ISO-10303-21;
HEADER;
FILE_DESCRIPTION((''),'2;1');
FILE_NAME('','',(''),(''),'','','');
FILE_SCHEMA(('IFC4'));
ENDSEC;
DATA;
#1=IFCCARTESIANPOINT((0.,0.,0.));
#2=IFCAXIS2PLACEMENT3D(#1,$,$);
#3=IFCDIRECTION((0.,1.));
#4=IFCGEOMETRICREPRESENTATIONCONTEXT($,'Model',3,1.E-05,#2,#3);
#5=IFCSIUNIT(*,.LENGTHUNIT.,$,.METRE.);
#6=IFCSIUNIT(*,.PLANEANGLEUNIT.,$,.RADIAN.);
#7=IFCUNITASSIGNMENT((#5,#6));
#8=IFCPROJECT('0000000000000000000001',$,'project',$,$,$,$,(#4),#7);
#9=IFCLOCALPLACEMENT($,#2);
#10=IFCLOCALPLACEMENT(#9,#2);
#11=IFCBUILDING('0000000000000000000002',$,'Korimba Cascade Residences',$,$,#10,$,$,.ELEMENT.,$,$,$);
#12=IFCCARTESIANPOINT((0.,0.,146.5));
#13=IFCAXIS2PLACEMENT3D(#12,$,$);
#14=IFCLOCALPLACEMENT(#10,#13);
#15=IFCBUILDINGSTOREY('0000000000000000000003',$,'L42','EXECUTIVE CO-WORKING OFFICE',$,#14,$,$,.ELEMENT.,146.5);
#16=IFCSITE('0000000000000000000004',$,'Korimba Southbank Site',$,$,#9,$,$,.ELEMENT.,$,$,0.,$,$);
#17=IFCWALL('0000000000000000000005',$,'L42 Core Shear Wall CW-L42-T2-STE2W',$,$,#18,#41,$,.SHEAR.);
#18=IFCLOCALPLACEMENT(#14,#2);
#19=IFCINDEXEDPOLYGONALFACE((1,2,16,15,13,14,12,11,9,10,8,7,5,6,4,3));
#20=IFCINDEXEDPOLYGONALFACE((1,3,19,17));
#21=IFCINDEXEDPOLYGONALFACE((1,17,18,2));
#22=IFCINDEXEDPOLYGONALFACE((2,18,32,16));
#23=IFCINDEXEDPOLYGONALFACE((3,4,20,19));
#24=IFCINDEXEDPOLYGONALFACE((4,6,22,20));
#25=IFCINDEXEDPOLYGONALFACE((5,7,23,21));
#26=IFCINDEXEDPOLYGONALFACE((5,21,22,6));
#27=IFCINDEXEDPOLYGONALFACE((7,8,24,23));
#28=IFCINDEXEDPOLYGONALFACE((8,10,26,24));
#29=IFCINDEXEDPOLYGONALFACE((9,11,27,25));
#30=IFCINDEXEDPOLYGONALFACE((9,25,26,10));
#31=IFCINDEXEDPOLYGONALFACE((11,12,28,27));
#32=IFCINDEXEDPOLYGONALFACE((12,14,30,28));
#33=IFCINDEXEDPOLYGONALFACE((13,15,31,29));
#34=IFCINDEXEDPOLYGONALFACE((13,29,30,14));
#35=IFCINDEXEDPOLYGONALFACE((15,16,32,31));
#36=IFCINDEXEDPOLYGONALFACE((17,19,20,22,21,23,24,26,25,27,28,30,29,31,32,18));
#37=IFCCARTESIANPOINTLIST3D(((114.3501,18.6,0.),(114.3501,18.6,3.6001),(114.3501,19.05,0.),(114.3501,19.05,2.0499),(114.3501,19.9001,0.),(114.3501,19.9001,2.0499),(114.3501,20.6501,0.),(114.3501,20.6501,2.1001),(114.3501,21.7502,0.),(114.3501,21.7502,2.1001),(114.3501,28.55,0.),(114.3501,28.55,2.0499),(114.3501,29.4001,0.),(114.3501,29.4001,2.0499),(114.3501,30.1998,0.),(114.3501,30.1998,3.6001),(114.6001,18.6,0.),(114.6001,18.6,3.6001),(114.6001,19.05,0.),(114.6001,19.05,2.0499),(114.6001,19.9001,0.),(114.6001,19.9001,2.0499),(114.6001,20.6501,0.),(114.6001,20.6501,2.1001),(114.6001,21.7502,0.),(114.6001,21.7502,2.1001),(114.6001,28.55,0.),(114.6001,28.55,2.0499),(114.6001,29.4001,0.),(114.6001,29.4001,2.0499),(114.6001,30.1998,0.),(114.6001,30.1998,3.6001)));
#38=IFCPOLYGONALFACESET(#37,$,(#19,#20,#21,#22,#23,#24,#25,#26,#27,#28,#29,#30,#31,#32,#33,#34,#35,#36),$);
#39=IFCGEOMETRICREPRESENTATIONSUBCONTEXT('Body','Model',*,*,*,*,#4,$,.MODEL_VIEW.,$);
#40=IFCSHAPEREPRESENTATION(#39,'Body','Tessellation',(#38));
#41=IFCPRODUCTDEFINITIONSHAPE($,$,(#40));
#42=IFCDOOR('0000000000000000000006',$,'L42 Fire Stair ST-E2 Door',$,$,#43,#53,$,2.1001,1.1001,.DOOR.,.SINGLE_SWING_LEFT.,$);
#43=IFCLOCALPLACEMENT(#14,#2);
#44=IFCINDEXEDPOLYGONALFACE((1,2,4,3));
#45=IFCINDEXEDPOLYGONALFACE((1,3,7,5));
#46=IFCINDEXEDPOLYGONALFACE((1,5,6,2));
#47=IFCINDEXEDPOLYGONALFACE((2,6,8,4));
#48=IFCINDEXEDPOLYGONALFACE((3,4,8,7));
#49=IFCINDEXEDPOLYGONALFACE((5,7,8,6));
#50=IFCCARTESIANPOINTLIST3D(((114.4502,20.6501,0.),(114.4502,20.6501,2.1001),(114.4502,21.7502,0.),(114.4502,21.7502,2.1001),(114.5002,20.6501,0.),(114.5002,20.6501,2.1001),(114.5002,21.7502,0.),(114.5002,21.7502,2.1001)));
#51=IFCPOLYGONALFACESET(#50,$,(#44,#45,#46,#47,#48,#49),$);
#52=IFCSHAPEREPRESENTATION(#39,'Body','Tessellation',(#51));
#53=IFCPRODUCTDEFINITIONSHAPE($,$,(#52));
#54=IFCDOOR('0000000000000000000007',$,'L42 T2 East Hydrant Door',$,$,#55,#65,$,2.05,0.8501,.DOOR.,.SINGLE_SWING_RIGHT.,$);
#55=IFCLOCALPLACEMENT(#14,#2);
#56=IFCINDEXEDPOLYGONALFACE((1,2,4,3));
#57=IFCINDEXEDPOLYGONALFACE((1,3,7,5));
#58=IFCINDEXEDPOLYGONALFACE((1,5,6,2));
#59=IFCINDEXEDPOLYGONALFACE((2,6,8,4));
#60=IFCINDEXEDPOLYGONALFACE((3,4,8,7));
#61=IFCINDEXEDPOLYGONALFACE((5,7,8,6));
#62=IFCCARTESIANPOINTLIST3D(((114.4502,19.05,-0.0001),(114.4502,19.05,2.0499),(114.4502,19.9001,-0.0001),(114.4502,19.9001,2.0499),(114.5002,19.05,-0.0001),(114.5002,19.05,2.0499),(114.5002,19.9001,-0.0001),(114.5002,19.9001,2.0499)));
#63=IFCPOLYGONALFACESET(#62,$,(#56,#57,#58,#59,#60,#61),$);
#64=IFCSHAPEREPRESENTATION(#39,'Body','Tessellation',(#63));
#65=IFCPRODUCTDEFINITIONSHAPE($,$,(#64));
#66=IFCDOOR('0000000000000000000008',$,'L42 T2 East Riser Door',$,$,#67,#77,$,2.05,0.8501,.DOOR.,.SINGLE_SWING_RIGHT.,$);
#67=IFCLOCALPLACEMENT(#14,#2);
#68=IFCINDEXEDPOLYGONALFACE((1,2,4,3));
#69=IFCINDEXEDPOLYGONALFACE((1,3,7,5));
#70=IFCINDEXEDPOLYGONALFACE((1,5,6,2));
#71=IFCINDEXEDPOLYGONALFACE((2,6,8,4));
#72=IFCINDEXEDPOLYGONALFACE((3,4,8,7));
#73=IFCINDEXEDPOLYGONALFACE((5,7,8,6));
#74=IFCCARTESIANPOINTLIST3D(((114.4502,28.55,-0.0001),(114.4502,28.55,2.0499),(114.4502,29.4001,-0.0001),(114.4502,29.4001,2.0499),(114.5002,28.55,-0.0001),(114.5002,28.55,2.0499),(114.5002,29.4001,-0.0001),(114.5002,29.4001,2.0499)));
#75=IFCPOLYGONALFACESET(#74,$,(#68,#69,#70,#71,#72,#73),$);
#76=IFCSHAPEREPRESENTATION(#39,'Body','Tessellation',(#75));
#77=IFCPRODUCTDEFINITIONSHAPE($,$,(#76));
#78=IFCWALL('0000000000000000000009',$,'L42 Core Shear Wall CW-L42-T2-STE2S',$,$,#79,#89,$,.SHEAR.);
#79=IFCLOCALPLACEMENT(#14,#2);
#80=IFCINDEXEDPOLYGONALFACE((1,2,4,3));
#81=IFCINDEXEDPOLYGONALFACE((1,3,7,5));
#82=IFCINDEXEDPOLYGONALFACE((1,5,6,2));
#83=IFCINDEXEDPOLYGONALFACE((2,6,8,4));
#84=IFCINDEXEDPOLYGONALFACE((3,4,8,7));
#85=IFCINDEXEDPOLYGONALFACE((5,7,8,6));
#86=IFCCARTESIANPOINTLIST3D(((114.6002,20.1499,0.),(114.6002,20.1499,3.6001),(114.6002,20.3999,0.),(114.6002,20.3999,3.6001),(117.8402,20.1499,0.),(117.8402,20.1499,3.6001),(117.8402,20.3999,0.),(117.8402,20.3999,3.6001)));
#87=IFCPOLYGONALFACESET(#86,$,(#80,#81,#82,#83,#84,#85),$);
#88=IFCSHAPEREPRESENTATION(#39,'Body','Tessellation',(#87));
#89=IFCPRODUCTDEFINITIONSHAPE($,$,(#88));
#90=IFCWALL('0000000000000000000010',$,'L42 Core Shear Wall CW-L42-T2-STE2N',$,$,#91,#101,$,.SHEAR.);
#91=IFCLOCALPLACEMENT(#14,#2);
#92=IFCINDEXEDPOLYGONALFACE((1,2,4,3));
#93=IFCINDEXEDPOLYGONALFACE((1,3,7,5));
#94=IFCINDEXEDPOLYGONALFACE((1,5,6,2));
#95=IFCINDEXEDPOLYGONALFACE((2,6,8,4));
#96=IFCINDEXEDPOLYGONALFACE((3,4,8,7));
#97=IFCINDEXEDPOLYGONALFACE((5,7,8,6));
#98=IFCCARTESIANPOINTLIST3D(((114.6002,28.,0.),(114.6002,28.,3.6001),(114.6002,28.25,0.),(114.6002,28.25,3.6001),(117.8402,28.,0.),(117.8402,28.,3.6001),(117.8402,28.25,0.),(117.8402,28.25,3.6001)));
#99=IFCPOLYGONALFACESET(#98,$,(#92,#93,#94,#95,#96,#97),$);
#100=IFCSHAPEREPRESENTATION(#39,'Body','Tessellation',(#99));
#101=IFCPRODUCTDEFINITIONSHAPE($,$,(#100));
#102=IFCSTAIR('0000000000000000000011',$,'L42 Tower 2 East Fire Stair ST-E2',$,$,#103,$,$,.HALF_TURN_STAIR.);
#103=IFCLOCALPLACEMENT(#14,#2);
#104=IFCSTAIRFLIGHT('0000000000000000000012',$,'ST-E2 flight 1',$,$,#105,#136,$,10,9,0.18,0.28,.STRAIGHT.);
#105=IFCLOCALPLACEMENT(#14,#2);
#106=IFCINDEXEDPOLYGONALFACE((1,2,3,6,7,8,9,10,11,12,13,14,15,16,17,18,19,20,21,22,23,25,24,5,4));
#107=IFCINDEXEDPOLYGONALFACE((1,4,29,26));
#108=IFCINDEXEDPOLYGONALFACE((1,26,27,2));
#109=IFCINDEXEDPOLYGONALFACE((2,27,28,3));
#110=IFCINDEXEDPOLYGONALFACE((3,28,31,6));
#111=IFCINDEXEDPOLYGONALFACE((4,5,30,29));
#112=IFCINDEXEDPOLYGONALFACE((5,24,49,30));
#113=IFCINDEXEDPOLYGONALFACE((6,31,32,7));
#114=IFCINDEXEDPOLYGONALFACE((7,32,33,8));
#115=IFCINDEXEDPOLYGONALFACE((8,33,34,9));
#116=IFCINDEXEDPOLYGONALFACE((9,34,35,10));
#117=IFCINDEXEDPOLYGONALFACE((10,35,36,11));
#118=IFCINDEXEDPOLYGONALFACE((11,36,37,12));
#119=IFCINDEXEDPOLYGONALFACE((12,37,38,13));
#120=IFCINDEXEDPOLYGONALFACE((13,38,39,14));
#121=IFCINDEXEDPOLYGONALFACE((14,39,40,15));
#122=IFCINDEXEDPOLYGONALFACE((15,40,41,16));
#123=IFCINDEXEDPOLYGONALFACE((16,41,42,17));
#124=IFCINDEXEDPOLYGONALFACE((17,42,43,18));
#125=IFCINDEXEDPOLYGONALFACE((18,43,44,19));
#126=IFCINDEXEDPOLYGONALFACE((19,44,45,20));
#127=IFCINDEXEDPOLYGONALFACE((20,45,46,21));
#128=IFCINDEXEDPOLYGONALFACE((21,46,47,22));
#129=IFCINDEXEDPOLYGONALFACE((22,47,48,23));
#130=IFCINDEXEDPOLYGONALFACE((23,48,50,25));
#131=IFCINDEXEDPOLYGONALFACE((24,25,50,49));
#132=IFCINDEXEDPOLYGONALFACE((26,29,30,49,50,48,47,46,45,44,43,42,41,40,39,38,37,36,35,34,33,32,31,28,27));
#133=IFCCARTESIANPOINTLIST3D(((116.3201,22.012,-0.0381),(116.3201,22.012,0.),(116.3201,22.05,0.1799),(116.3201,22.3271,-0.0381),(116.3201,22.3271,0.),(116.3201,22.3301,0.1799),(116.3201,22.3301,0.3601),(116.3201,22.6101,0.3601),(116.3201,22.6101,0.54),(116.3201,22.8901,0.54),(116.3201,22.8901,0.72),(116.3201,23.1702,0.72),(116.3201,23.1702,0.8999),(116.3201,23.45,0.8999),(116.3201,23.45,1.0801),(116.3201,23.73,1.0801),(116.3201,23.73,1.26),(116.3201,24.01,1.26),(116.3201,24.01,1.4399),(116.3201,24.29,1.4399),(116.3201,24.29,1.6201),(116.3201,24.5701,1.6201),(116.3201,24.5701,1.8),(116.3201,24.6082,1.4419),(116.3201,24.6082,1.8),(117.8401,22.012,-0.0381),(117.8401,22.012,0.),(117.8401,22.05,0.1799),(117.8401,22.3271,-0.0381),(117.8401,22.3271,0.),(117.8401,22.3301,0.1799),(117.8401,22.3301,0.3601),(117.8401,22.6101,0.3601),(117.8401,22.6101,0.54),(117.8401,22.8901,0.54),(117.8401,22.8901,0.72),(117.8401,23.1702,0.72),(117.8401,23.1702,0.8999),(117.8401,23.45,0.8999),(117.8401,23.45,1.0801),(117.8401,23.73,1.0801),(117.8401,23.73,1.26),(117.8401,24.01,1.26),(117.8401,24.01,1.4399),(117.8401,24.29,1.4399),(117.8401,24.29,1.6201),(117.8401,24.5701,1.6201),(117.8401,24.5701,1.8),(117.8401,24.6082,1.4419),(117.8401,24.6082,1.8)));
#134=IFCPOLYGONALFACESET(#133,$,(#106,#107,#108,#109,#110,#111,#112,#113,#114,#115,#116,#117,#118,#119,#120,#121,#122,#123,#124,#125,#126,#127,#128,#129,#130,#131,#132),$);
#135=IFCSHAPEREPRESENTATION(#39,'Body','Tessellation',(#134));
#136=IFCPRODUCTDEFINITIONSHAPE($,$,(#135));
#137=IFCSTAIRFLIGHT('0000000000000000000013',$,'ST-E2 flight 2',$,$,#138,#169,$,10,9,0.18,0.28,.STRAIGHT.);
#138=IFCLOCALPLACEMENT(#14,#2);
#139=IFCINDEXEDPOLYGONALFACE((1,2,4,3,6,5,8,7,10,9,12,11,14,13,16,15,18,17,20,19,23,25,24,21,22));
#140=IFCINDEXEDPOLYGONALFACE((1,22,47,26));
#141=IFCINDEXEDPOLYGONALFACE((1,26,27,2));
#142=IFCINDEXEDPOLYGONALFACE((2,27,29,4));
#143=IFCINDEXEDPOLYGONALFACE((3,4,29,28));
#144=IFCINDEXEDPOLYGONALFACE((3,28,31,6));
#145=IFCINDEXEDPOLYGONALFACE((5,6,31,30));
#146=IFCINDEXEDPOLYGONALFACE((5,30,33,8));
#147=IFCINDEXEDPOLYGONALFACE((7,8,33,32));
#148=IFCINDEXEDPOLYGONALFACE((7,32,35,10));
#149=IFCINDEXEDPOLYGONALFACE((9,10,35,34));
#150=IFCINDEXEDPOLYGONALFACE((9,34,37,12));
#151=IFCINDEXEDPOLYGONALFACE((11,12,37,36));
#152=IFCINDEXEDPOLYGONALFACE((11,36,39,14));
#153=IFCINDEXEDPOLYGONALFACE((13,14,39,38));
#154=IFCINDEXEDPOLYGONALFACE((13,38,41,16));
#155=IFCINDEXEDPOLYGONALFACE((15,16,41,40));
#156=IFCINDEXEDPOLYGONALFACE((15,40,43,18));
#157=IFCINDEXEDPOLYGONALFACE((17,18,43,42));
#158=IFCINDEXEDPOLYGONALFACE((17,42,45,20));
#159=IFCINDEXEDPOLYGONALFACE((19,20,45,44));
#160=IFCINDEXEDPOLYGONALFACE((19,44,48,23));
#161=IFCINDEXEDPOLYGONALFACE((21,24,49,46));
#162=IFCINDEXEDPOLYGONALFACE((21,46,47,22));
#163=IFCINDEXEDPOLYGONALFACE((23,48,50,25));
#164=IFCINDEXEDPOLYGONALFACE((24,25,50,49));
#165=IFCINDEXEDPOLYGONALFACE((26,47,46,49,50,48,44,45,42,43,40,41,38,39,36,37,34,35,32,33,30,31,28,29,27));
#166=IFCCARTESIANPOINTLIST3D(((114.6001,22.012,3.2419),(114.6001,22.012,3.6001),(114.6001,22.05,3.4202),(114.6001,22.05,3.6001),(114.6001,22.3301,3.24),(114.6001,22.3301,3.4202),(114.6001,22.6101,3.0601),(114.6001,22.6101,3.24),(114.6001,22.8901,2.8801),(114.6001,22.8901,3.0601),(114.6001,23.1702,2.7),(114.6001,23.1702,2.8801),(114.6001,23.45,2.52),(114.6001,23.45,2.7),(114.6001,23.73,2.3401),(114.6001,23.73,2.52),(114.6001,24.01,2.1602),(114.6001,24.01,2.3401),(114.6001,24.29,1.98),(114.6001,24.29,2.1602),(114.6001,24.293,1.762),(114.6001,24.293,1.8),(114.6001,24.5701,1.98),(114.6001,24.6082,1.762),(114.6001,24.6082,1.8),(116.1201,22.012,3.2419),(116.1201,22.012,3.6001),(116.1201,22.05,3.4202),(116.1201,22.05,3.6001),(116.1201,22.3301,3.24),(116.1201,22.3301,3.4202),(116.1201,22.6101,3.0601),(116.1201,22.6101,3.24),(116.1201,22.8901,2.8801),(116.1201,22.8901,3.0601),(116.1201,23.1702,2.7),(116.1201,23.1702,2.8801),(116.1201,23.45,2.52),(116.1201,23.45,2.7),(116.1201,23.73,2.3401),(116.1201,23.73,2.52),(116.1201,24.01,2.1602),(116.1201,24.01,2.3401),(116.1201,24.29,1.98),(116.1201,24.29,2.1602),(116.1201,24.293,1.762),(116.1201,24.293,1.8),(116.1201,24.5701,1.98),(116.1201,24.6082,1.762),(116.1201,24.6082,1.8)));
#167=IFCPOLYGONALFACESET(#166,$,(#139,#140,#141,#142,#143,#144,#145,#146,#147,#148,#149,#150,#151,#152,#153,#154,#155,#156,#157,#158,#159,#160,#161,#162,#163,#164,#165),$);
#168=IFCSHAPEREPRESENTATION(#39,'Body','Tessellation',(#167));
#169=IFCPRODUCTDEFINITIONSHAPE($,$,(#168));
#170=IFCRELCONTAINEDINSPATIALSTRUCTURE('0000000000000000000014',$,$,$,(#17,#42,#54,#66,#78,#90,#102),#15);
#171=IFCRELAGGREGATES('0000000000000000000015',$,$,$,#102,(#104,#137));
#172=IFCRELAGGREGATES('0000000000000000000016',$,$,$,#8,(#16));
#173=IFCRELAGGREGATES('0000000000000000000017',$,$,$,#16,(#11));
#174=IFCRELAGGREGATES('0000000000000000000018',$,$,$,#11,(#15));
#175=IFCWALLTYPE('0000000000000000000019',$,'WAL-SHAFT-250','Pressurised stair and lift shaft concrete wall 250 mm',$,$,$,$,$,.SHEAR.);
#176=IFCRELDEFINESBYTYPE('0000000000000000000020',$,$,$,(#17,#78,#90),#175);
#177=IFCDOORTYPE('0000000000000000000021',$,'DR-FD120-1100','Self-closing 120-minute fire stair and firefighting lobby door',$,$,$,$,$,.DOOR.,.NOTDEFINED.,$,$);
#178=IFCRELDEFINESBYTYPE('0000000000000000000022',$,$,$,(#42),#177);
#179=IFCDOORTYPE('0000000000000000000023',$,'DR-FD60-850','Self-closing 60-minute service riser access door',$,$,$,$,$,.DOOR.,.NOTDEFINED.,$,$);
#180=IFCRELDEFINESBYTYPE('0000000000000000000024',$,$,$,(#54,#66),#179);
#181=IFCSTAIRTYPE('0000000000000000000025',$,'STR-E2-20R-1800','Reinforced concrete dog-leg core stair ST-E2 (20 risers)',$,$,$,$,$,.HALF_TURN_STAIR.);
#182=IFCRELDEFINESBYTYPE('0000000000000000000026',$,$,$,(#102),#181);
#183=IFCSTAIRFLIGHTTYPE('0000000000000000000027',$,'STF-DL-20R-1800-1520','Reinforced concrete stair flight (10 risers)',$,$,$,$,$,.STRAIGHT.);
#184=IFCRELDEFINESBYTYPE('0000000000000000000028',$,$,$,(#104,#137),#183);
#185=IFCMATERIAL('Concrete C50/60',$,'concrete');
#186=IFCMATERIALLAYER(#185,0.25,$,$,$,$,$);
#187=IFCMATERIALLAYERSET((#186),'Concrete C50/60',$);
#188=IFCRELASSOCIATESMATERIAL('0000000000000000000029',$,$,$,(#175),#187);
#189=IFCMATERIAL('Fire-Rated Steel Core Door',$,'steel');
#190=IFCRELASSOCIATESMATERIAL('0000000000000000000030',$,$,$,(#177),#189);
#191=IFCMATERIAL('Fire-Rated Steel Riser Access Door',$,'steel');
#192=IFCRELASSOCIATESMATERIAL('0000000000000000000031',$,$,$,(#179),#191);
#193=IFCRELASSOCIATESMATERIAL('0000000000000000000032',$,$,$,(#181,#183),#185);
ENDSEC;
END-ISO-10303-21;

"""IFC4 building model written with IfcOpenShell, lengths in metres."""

from ifc_helpers import new_model, si_unit, direction, frame, frame_2d, origin, place, context, subcontext, project, spatial, polyline, rectangle, outline, extrude, material, layer, layer_set, type_object, element, fill, aggregate, save


model = new_model("IFC4")

# Units and contexts
model_context = context("Model", 3, precision=1e-05, world=origin(), true_north=direction((0.0, 1.0)))
body_context = subcontext(model_context, "Body", "Model", "MODEL_VIEW")
ifc_project = project(units=[si_unit("LENGTHUNIT", "METRE"), si_unit("PLANEANGLEUNIT", "RADIAN")], contexts=[model_context])

# Site, building, storey
site_placement = place(None, origin())
site = spatial("IfcSite", under=ifc_project, at=site_placement, Name="Korimba Southbank Site", CompositionType="ELEMENT", RefElevation=0.0)
building_placement = place(site_placement, origin())
building = spatial("IfcBuilding", under=site, at=building_placement, Name="Korimba Cascade Residences", CompositionType="ELEMENT")
storey_placement = place(building_placement, frame((0.0, 0.0, 146.5)))
storey = spatial("IfcBuildingStorey", under=building, at=storey_placement, Name="L42", Description="EXECUTIVE CO-WORKING OFFICE", CompositionType="ELEMENT", Elevation=146.5)

# Wall, openings, doors
ifc_material_1 = material(Name="Concrete C50/60", Category="concrete")
ifc_layer_1 = layer(ifc_material_1, 0.25)
ifc_layer_set_1 = layer_set([ifc_layer_1], Name="Concrete C50/60")
wall_type_1 = type_object("IfcWallType", Name="WAL-SHAFT-250", Description="Pressurised stair and lift shaft concrete wall 250 mm", PredefinedType="SHEAR", material=ifc_layer_set_1)
wall_1_placement = place(storey_placement, frame((114.4751, 18.6001, 0.0), z_axis=(0.0, 0.0, 1.0), x_axis=(0.0, 1.0, 0.0)))
wall_1 = element("IfcWall", 1, at=wall_1_placement, inside=storey, type_object=wall_type_1, Name="L42 Core Shear Wall CW-L42-T2-STE2W", PredefinedType="SHEAR", context=body_context, shape_type="SweptSolid", body=[
    extrude(rectangle(XDim=11.5999, YDim=0.25, at=frame_2d((5.7998, 0.0))), origin(), (0.0, 0.0, 1.0), 3.6001),
])
opening_1_placement = place(wall_1_placement, frame((0.45, 0.0, 0.0)))
opening_1 = element("IfcOpeningElement", 2, at=opening_1_placement, cuts=wall_1, PredefinedType="OPENING", context=body_context, shape_type="SweptSolid", body=[
    extrude(rectangle(XDim=0.8501, YDim=2.05, at=frame_2d((0.425, 1.0249))), frame((0.0, 0.135, 0.0), z_axis=(0.0, -1.0, 0.0), x_axis=(1.0, 0.0, 0.0)), (0.0, 0.0, 1.0), 0.27),
])
opening_2_placement = place(wall_1_placement, frame((2.05, 0.0, 0.0)))
opening_2 = element("IfcOpeningElement", 3, at=opening_2_placement, cuts=wall_1, PredefinedType="OPENING", context=body_context, shape_type="SweptSolid", body=[
    extrude(rectangle(XDim=1.1001, YDim=2.1001, at=frame_2d((0.55, 1.05))), frame((0.0, 0.135, 0.0), z_axis=(0.0, -1.0, 0.0), x_axis=(1.0, 0.0, 0.0)), (0.0, 0.0, 1.0), 0.27),
])
opening_3_placement = place(wall_1_placement, frame((9.95, 0.0, 0.0)))
opening_3 = element("IfcOpeningElement", 4, at=opening_3_placement, cuts=wall_1, PredefinedType="OPENING", context=body_context, shape_type="SweptSolid", body=[
    extrude(rectangle(XDim=0.8501, YDim=2.05, at=frame_2d((0.425, 1.0249))), frame((0.0, 0.135, 0.0), z_axis=(0.0, -1.0, 0.0), x_axis=(1.0, 0.0, 0.0)), (0.0, 0.0, 1.0), 0.27),
])
ifc_material_2 = material(Name="Fire-Rated Steel Core Door", Category="steel")
door_type_1 = type_object("IfcDoorType", Name="DR-FD120-1100", Description="Self-closing 120-minute fire stair and firefighting lobby door", OperationType="NOTDEFINED", PredefinedType="DOOR", material=ifc_material_2)
door_1_placement = place(opening_2_placement, origin())
door_1 = element("IfcDoor", 5, at=door_1_placement, inside=storey, type_object=door_type_1, Name="L42 Fire Stair ST-E2 Door", OperationType="SINGLE_SWING_LEFT", OverallHeight=2.1001, OverallWidth=1.1001, PredefinedType="DOOR", context=body_context, shape_type="SweptSolid", body=[
    extrude(rectangle(XDim=1.1001, YDim=2.1001, at=frame_2d((0.55, 1.05))), frame((0.0, 0.0249, 0.0), z_axis=(0.0, -1.0, 0.0), x_axis=(1.0, 0.0, 0.0)), (0.0, 0.0, 1.0), 0.05),
])
fill(opening_2, door_1)
ifc_material_3 = material(Name="Fire-Rated Steel Riser Access Door", Category="steel")
door_type_2 = type_object("IfcDoorType", Name="DR-FD60-850", Description="Self-closing 60-minute service riser access door", OperationType="NOTDEFINED", PredefinedType="DOOR", material=ifc_material_3)
door_2_placement = place(opening_1_placement, origin())
door_2 = element("IfcDoor", 6, at=door_2_placement, inside=storey, type_object=door_type_2, Name="L42 T2 East Hydrant Door", OperationType="SINGLE_SWING_RIGHT", OverallHeight=2.05, OverallWidth=0.8501, PredefinedType="DOOR", context=body_context, shape_type="SweptSolid", body=[
    extrude(rectangle(XDim=0.8501, YDim=2.05, at=frame_2d((0.425, 1.0249))), frame((0.0, 0.0249, 0.0), z_axis=(0.0, -1.0, 0.0), x_axis=(1.0, 0.0, 0.0)), (0.0, 0.0, 1.0), 0.05),
])
fill(opening_1, door_2)
door_3_placement = place(opening_3_placement, origin())
door_3 = element("IfcDoor", 7, at=door_3_placement, inside=storey, type_object=door_type_2, Name="L42 T2 East Riser Door", OperationType="SINGLE_SWING_RIGHT", OverallHeight=2.05, OverallWidth=0.8501, PredefinedType="DOOR", context=body_context, shape_type="SweptSolid", body=[
    extrude(rectangle(XDim=0.8501, YDim=2.05, at=frame_2d((0.425, 1.0249))), frame((0.0, 0.0249, 0.0), z_axis=(0.0, -1.0, 0.0), x_axis=(1.0, 0.0, 0.0)), (0.0, 0.0, 1.0), 0.05),
])
fill(opening_3, door_3)

# Walls
for number, where, z_axis, x_axis, name in (
    (8, (114.6001, 20.2749, 0.0), (0.0, 0.0, 1.0), (1.0, 0.0, 0.0), "L42 Core Shear Wall CW-L42-T2-STE2S"),
    (9, (114.6001, 28.125, 0.0), (0.0, 0.0, 1.0), (1.0, 0.0, 0.0), "L42 Core Shear Wall CW-L42-T2-STE2N"),
):
    element("IfcWall", number, at=place(storey_placement, frame(where, z_axis=z_axis, x_axis=x_axis)), inside=storey, type_object=wall_type_1, Name=name, PredefinedType="SHEAR", context=body_context, shape_type="SweptSolid", body=[
        extrude(rectangle(XDim=3.24, YDim=0.25, at=frame_2d((1.6201, 0.0))), origin(), (0.0, 0.0, 1.0), 3.6001),
    ])

# Stair, stair flights
stair_type = type_object("IfcStairType", Name="STR-E2-20R-1800", Description="Reinforced concrete dog-leg core stair ST-E2 (20 risers)", PredefinedType="HALF_TURN_STAIR", material=ifc_material_1)
stair_placement = place(storey_placement, origin())
stair = element("IfcStair", 10, at=stair_placement, inside=storey, type_object=stair_type, Name="L42 Tower 2 East Fire Stair ST-E2", PredefinedType="HALF_TURN_STAIR")
stair_flight_type = type_object("IfcStairFlightType", Name="STF-DL-20R-1800-1520", Description="Reinforced concrete stair flight (10 risers)", PredefinedType="STRAIGHT", material=ifc_material_1)
stair_flight_1_placement = place(storey_placement, frame((117.0801, 22.05, 0.0), z_axis=(0.0, 0.0, 1.0), x_axis=(0.0, 1.0, 0.0)))
stair_flight_1 = element("IfcStairFlight", 11, at=stair_flight_1_placement, type_object=stair_flight_type, Name="ST-E2 flight 1", NumberOfRisers=10, NumberOfTreads=9, PredefinedType="STRAIGHT", RiserHeight=0.18, TreadLength=0.28, context=body_context, shape_type="SweptSolid", body=[
    extrude(outline(polyline([(-0.0381, 0.0), (0.0, 0.1799), (0.28, 0.1799), (0.28, 0.3601), (0.5601, 0.3601), (0.5601, 0.54), (0.8401, 0.54), (0.8401, 0.72), (1.1201, 0.72), (1.1201, 0.8999), (1.3999, 0.8999), (1.3999, 1.0801), (1.6799, 1.0801), (1.6799, 1.26), (1.96, 1.26), (1.96, 1.4399), (2.24, 1.4399), (2.24, 1.6201), (2.52, 1.6201), (2.52, 1.8), (2.5581, 1.8), (2.5581, 1.4419), (0.2771, 0.0), (0.2771, -0.0381), (-0.0381, -0.0381), (-0.0381, 0.0)])), frame((0.0, 0.76, 0.0), z_axis=(0.0, -1.0, 0.0), x_axis=(1.0, 0.0, 0.0)), (0.0, 0.0, 1.0), 1.52),
])
stair_flight_2_placement = place(storey_placement, frame((115.3601, 24.5701, 1.8), z_axis=(0.0, 0.0, 1.0), x_axis=(0.0, -1.0, 0.0)))
stair_flight_2 = element("IfcStairFlight", 12, at=stair_flight_2_placement, type_object=stair_flight_type, Name="ST-E2 flight 2", NumberOfRisers=10, NumberOfTreads=9, PredefinedType="STRAIGHT", RiserHeight=0.18, TreadLength=0.28, context=body_context, shape_type="SweptSolid", body=[
    extrude(outline(polyline([(-0.0381, 0.0), (0.0, 0.1799), (0.28, 0.1799), (0.28, 0.3601), (0.5601, 0.3601), (0.5601, 0.54), (0.8401, 0.54), (0.8401, 0.72), (1.1201, 0.72), (1.1201, 0.8999), (1.3999, 0.8999), (1.3999, 1.0801), (1.6799, 1.0801), (1.6799, 1.26), (1.96, 1.26), (1.96, 1.4399), (2.24, 1.4399), (2.24, 1.6201), (2.52, 1.6201), (2.52, 1.8), (2.5581, 1.8), (2.5581, 1.4419), (0.2771, 0.0), (0.2771, -0.0381), (-0.0381, -0.0381), (-0.0381, 0.0)])), frame((0.0, 0.76, 0.0), z_axis=(0.0, -1.0, 0.0), x_axis=(1.0, 0.0, 0.0)), (0.0, 0.0, 1.0), 1.52),
])
aggregate(stair, [stair_flight_1, stair_flight_2])

save(model, "model.ifc")
